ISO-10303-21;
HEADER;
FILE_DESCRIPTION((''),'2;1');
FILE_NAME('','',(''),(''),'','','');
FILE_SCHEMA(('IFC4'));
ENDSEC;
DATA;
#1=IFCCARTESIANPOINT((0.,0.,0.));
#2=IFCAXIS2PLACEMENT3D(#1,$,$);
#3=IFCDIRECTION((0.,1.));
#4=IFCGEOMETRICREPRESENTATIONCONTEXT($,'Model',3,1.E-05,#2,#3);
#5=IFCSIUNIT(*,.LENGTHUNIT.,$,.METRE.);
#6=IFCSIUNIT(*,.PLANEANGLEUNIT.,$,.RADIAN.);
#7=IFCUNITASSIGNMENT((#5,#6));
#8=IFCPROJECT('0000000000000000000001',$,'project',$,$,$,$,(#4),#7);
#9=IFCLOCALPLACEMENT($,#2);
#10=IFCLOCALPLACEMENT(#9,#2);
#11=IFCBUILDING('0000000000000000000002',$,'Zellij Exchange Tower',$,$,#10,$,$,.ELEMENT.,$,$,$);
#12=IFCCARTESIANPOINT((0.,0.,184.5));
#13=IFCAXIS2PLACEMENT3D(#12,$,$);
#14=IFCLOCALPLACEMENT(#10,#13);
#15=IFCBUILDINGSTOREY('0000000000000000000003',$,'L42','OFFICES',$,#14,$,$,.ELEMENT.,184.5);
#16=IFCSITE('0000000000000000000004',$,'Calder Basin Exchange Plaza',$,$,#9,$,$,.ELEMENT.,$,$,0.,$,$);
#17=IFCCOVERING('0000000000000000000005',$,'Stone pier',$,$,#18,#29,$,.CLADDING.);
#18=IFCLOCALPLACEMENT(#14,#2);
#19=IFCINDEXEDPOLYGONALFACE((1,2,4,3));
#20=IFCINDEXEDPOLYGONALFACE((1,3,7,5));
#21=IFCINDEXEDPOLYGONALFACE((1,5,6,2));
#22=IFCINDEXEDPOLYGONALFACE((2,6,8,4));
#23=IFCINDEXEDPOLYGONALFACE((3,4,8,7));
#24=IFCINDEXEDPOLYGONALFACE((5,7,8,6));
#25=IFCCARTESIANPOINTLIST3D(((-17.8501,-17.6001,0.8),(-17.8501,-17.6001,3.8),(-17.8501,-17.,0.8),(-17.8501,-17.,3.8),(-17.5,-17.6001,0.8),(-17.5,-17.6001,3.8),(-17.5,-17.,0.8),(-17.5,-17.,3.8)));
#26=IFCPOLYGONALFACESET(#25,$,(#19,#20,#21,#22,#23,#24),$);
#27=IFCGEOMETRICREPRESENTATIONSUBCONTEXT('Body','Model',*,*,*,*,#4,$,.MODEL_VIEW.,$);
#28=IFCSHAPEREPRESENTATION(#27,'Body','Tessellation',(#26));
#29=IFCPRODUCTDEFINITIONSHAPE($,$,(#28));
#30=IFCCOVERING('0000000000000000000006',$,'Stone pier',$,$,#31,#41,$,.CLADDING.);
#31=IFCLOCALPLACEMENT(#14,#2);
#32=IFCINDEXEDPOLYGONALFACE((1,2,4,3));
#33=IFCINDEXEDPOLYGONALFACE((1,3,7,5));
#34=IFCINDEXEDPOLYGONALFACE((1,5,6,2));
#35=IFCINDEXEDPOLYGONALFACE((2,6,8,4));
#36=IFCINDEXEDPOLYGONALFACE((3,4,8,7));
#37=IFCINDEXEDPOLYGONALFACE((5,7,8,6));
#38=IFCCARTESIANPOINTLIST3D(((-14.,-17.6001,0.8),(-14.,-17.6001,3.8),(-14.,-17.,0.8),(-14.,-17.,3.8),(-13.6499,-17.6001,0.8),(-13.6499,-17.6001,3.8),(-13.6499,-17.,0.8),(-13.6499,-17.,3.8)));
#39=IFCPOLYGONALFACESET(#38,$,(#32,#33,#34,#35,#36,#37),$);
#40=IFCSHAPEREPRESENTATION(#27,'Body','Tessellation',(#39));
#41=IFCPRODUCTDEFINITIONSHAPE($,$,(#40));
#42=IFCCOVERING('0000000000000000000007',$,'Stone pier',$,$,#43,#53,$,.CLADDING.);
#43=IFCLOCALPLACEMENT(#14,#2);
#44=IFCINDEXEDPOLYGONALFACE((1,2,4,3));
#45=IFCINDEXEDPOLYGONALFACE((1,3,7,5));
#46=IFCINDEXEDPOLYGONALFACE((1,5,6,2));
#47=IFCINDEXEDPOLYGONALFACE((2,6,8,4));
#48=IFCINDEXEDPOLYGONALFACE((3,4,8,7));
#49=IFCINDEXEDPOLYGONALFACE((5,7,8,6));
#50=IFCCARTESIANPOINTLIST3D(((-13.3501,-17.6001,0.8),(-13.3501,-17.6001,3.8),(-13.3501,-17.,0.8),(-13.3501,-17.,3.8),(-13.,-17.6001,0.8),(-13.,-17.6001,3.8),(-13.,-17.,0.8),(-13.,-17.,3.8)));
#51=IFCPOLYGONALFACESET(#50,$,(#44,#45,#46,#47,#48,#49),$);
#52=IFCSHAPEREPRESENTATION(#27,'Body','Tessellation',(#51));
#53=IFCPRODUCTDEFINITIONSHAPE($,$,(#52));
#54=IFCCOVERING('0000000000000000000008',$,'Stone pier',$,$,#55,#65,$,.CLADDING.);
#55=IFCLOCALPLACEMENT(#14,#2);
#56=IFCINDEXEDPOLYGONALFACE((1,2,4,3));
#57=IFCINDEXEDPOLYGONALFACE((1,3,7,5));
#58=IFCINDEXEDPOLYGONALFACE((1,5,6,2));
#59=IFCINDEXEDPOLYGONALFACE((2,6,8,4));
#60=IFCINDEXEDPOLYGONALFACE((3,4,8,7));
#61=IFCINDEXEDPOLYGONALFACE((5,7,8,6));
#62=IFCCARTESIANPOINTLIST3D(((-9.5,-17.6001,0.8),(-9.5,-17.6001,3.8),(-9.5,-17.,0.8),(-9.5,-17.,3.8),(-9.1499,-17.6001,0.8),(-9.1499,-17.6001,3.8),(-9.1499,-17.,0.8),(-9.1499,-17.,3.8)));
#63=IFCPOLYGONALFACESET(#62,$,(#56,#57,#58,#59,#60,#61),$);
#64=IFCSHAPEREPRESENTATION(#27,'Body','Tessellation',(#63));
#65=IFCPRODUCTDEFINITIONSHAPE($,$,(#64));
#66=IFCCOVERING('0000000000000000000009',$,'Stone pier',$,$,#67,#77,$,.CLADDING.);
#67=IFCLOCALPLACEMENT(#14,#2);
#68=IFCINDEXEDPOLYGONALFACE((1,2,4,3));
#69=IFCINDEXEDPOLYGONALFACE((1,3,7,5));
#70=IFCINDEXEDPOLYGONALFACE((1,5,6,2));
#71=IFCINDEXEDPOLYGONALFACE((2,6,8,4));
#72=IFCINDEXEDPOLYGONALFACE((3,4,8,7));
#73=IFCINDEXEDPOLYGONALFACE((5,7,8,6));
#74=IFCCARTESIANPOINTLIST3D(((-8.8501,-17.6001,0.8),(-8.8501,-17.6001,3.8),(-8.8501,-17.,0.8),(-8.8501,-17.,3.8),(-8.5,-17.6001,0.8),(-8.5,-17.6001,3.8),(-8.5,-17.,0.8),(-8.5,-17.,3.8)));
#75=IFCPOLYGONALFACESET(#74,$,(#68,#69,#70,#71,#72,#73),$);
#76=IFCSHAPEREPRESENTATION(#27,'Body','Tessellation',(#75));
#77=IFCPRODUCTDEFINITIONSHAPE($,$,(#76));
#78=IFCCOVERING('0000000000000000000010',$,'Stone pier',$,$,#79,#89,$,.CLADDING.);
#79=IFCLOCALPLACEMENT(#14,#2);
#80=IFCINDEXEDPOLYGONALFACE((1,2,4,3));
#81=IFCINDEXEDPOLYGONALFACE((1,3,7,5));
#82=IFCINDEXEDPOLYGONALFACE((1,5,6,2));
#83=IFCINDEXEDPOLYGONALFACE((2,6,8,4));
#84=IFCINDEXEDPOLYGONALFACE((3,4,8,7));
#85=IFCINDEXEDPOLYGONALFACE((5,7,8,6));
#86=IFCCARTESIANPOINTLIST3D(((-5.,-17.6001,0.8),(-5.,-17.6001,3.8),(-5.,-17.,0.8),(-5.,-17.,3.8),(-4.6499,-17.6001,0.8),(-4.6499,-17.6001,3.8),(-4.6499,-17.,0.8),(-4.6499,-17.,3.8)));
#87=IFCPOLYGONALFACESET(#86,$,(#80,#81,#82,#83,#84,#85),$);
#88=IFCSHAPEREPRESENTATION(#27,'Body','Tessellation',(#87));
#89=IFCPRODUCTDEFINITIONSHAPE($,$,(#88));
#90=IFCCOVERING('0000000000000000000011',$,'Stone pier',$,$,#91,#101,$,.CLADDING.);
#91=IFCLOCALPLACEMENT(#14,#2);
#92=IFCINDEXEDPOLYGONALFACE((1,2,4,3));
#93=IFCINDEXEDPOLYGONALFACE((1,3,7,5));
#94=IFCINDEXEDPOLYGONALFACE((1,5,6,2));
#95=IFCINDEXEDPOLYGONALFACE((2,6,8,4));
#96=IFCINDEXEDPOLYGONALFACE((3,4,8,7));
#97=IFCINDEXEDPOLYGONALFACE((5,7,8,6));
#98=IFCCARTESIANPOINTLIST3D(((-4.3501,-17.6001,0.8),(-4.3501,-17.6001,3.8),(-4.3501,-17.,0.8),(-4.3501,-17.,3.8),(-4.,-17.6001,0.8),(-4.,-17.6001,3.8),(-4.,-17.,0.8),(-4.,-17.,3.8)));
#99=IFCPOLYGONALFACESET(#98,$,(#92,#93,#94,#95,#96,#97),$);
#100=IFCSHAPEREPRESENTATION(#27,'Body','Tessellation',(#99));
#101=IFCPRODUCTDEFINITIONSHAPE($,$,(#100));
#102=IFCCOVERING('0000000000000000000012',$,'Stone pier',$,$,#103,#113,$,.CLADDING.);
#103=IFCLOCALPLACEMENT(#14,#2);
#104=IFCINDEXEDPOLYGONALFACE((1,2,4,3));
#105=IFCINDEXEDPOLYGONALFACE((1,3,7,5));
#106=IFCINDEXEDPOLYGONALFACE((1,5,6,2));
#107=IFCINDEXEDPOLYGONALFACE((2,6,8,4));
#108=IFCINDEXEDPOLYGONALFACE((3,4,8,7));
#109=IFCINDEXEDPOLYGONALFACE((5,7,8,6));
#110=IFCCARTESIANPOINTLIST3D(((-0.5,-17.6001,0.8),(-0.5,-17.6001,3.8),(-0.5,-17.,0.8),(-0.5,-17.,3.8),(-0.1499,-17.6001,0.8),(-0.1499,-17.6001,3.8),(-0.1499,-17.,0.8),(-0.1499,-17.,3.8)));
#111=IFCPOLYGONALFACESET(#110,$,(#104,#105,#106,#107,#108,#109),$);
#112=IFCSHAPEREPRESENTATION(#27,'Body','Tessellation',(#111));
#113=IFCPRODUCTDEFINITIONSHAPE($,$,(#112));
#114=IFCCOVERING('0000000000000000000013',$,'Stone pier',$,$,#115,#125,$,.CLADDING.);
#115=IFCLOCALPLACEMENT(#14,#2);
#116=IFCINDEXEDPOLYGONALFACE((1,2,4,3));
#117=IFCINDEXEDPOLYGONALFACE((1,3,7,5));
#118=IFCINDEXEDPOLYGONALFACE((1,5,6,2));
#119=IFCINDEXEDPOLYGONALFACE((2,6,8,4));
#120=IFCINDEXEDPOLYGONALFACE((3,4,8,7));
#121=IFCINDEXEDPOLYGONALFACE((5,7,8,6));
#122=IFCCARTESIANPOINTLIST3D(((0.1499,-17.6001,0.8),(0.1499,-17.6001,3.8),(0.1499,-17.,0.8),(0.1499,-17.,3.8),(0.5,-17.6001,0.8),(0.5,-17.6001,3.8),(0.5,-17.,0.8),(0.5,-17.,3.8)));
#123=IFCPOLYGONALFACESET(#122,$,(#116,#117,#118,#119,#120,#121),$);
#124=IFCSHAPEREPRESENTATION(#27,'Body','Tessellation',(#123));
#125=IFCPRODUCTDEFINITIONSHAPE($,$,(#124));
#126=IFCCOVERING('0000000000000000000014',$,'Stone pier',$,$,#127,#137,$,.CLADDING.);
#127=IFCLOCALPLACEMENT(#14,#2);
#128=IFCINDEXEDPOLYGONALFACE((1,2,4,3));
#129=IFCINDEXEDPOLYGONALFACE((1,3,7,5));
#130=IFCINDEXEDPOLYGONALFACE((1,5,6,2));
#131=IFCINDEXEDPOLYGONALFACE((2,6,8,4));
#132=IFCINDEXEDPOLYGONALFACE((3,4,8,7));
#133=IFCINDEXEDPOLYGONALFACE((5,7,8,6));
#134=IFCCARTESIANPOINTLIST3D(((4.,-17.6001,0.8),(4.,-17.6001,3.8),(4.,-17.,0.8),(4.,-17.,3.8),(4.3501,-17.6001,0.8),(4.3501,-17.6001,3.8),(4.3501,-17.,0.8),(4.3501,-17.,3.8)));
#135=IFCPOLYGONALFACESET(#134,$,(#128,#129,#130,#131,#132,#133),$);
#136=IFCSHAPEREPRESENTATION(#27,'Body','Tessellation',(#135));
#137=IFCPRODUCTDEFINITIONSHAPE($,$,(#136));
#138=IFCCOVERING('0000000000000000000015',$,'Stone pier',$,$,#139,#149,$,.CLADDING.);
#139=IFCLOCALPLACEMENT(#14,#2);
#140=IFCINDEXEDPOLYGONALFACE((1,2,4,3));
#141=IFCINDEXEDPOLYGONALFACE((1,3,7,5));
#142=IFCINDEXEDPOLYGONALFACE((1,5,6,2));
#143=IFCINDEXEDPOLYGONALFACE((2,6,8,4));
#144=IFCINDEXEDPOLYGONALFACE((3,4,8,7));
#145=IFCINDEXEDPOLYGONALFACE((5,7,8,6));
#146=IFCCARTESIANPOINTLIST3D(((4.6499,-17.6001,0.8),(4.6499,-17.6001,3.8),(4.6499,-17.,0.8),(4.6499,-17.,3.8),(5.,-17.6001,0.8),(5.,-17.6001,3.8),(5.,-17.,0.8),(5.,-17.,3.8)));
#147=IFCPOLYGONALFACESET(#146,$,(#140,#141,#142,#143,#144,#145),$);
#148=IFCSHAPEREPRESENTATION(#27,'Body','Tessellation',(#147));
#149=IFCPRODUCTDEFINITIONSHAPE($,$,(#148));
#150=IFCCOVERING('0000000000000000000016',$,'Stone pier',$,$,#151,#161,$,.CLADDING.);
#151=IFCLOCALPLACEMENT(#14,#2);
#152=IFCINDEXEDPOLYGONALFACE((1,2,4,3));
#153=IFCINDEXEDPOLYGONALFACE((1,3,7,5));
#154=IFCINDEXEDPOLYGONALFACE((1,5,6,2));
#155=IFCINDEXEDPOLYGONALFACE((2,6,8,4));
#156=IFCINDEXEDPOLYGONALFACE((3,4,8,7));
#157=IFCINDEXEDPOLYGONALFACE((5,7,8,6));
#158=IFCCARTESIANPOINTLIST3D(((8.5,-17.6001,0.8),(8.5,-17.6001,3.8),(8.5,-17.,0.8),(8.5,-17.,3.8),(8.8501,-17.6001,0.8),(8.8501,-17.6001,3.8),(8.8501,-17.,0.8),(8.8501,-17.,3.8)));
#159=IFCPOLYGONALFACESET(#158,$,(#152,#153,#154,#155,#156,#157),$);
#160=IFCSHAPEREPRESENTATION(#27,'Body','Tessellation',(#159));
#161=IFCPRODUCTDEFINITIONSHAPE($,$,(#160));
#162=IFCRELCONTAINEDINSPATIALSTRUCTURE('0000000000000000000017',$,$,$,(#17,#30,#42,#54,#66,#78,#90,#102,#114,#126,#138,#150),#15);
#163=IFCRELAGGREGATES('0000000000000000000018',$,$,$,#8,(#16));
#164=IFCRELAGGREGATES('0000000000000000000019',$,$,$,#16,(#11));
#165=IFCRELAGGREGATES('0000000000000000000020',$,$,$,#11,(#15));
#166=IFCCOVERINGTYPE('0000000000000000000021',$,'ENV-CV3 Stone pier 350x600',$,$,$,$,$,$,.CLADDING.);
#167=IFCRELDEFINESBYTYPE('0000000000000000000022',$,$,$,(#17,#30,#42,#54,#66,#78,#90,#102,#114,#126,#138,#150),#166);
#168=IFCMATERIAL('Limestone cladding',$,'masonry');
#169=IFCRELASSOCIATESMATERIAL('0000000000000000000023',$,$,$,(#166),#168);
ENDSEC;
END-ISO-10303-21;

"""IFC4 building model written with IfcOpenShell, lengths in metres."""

from ifc_helpers import new_model, si_unit, direction, frame, origin, place, context, subcontext, project, spatial, polyline, outline, extrude, material, type_object, element, save


model = new_model("IFC4")

# Units and contexts
model_context = context("Model", 3, precision=1e-05, world=origin(), true_north=direction((0.0, 1.0)))
body_context = subcontext(model_context, "Body", "Model", "MODEL_VIEW")
ifc_project = project(units=[si_unit("LENGTHUNIT", "METRE"), si_unit("PLANEANGLEUNIT", "RADIAN")], contexts=[model_context])

# Site, building, storey
site_placement = place(None, origin())
site = spatial("IfcSite", under=ifc_project, at=site_placement, Name="Calder Basin Exchange Plaza", CompositionType="ELEMENT", RefElevation=0.0)
building_placement = place(site_placement, origin())
building = spatial("IfcBuilding", under=site, at=building_placement, Name="Zellij Exchange Tower", CompositionType="ELEMENT")
storey_placement = place(building_placement, frame((0.0, 0.0, 184.5)))
storey = spatial("IfcBuildingStorey", under=building, at=storey_placement, Name="L42", Description="OFFICES", CompositionType="ELEMENT", Elevation=184.5)

# Coverings
ifc_material_1 = material(Name="Limestone cladding", Category="masonry")
covering_type = type_object("IfcCoveringType", Name="ENV-CV3 Stone pier 350x600", PredefinedType="CLADDING", material=ifc_material_1)
covering_1_placement = place(storey_placement, frame((0.0, 0.0, 0.8)))
element("IfcCovering", 1, at=covering_1_placement, inside=storey, type_object=covering_type, Name="Stone pier", PredefinedType="CLADDING", context=body_context, shape_type="SweptSolid", body=[
    extrude(outline(polyline([(-17.8501, -17.0), (-17.5, -17.0), (-17.5, -17.6001), (-17.8501, -17.6001), (-17.8501, -17.0)])), origin(), (0.0, 0.0, 1.0), 3.0),
])
covering_2_placement = place(storey_placement, frame((0.0, 0.0, 0.8)))
element("IfcCovering", 2, at=covering_2_placement, inside=storey, type_object=covering_type, Name="Stone pier", PredefinedType="CLADDING", context=body_context, shape_type="SweptSolid", body=[
    extrude(outline(polyline([(-14.0, -17.0), (-13.6499, -17.0), (-13.6499, -17.6001), (-14.0, -17.6001), (-14.0, -17.0)])), origin(), (0.0, 0.0, 1.0), 3.0),
])
covering_3_placement = place(storey_placement, frame((0.0, 0.0, 0.8)))
element("IfcCovering", 3, at=covering_3_placement, inside=storey, type_object=covering_type, Name="Stone pier", PredefinedType="CLADDING", context=body_context, shape_type="SweptSolid", body=[
    extrude(outline(polyline([(-13.3501, -17.0), (-13.0, -17.0), (-13.0, -17.6001), (-13.3501, -17.6001), (-13.3501, -17.0)])), origin(), (0.0, 0.0, 1.0), 3.0),
])
covering_4_placement = place(storey_placement, frame((0.0, 0.0, 0.8)))
element("IfcCovering", 4, at=covering_4_placement, inside=storey, type_object=covering_type, Name="Stone pier", PredefinedType="CLADDING", context=body_context, shape_type="SweptSolid", body=[
    extrude(outline(polyline([(-9.5, -17.0), (-9.1499, -17.0), (-9.1499, -17.6001), (-9.5, -17.6001), (-9.5, -17.0)])), origin(), (0.0, 0.0, 1.0), 3.0),
])
covering_5_placement = place(storey_placement, frame((0.0, 0.0, 0.8)))
element("IfcCovering", 5, at=covering_5_placement, inside=storey, type_object=covering_type, Name="Stone pier", PredefinedType="CLADDING", context=body_context, shape_type="SweptSolid", body=[
    extrude(outline(polyline([(-8.8501, -17.0), (-8.5, -17.0), (-8.5, -17.6001), (-8.8501, -17.6001), (-8.8501, -17.0)])), origin(), (0.0, 0.0, 1.0), 3.0),
])
covering_6_placement = place(storey_placement, frame((0.0, 0.0, 0.8)))
element("IfcCovering", 6, at=covering_6_placement, inside=storey, type_object=covering_type, Name="Stone pier", PredefinedType="CLADDING", context=body_context, shape_type="SweptSolid", body=[
    extrude(outline(polyline([(-5.0, -17.0), (-4.6499, -17.0), (-4.6499, -17.6001), (-5.0, -17.6001), (-5.0, -17.0)])), origin(), (0.0, 0.0, 1.0), 3.0),
])
covering_7_placement = place(storey_placement, frame((0.0, 0.0, 0.8)))
element("IfcCovering", 7, at=covering_7_placement, inside=storey, type_object=covering_type, Name="Stone pier", PredefinedType="CLADDING", context=body_context, shape_type="SweptSolid", body=[
    extrude(outline(polyline([(-4.3501, -17.0), (-4.0, -17.0), (-4.0, -17.6001), (-4.3501, -17.6001), (-4.3501, -17.0)])), origin(), (0.0, 0.0, 1.0), 3.0),
])
covering_8_placement = place(storey_placement, frame((0.0, 0.0, 0.8)))
element("IfcCovering", 8, at=covering_8_placement, inside=storey, type_object=covering_type, Name="Stone pier", PredefinedType="CLADDING", context=body_context, shape_type="SweptSolid", body=[
    extrude(outline(polyline([(-0.5, -17.0), (-0.1499, -17.0), (-0.1499, -17.6001), (-0.5, -17.6001), (-0.5, -17.0)])), origin(), (0.0, 0.0, 1.0), 3.0),
])
covering_9_placement = place(storey_placement, frame((0.0, 0.0, 0.8)))
element("IfcCovering", 9, at=covering_9_placement, inside=storey, type_object=covering_type, Name="Stone pier", PredefinedType="CLADDING", context=body_context, shape_type="SweptSolid", body=[
    extrude(outline(polyline([(0.1499, -17.0), (0.5, -17.0), (0.5, -17.6001), (0.1499, -17.6001), (0.1499, -17.0)])), origin(), (0.0, 0.0, 1.0), 3.0),
])
covering_10_placement = place(storey_placement, frame((0.0, 0.0, 0.8)))
element("IfcCovering", 10, at=covering_10_placement, inside=storey, type_object=covering_type, Name="Stone pier", PredefinedType="CLADDING", context=body_context, shape_type="SweptSolid", body=[
    extrude(outline(polyline([(4.0, -17.0), (4.3501, -17.0), (4.3501, -17.6001), (4.0, -17.6001), (4.0, -17.0)])), origin(), (0.0, 0.0, 1.0), 3.0),
])
covering_11_placement = place(storey_placement, frame((0.0, 0.0, 0.8)))
element("IfcCovering", 11, at=covering_11_placement, inside=storey, type_object=covering_type, Name="Stone pier", PredefinedType="CLADDING", context=body_context, shape_type="SweptSolid", body=[
    extrude(outline(polyline([(4.6499, -17.0), (5.0, -17.0), (5.0, -17.6001), (4.6499, -17.6001), (4.6499, -17.0)])), origin(), (0.0, 0.0, 1.0), 3.0),
])
covering_12_placement = place(storey_placement, frame((0.0, 0.0, 0.8)))
element("IfcCovering", 12, at=covering_12_placement, inside=storey, type_object=covering_type, Name="Stone pier", PredefinedType="CLADDING", context=body_context, shape_type="SweptSolid", body=[
    extrude(outline(polyline([(8.5, -17.0), (8.8501, -17.0), (8.8501, -17.6001), (8.5, -17.6001), (8.5, -17.0)])), origin(), (0.0, 0.0, 1.0), 3.0),
])

save(model, "model.ifc")
